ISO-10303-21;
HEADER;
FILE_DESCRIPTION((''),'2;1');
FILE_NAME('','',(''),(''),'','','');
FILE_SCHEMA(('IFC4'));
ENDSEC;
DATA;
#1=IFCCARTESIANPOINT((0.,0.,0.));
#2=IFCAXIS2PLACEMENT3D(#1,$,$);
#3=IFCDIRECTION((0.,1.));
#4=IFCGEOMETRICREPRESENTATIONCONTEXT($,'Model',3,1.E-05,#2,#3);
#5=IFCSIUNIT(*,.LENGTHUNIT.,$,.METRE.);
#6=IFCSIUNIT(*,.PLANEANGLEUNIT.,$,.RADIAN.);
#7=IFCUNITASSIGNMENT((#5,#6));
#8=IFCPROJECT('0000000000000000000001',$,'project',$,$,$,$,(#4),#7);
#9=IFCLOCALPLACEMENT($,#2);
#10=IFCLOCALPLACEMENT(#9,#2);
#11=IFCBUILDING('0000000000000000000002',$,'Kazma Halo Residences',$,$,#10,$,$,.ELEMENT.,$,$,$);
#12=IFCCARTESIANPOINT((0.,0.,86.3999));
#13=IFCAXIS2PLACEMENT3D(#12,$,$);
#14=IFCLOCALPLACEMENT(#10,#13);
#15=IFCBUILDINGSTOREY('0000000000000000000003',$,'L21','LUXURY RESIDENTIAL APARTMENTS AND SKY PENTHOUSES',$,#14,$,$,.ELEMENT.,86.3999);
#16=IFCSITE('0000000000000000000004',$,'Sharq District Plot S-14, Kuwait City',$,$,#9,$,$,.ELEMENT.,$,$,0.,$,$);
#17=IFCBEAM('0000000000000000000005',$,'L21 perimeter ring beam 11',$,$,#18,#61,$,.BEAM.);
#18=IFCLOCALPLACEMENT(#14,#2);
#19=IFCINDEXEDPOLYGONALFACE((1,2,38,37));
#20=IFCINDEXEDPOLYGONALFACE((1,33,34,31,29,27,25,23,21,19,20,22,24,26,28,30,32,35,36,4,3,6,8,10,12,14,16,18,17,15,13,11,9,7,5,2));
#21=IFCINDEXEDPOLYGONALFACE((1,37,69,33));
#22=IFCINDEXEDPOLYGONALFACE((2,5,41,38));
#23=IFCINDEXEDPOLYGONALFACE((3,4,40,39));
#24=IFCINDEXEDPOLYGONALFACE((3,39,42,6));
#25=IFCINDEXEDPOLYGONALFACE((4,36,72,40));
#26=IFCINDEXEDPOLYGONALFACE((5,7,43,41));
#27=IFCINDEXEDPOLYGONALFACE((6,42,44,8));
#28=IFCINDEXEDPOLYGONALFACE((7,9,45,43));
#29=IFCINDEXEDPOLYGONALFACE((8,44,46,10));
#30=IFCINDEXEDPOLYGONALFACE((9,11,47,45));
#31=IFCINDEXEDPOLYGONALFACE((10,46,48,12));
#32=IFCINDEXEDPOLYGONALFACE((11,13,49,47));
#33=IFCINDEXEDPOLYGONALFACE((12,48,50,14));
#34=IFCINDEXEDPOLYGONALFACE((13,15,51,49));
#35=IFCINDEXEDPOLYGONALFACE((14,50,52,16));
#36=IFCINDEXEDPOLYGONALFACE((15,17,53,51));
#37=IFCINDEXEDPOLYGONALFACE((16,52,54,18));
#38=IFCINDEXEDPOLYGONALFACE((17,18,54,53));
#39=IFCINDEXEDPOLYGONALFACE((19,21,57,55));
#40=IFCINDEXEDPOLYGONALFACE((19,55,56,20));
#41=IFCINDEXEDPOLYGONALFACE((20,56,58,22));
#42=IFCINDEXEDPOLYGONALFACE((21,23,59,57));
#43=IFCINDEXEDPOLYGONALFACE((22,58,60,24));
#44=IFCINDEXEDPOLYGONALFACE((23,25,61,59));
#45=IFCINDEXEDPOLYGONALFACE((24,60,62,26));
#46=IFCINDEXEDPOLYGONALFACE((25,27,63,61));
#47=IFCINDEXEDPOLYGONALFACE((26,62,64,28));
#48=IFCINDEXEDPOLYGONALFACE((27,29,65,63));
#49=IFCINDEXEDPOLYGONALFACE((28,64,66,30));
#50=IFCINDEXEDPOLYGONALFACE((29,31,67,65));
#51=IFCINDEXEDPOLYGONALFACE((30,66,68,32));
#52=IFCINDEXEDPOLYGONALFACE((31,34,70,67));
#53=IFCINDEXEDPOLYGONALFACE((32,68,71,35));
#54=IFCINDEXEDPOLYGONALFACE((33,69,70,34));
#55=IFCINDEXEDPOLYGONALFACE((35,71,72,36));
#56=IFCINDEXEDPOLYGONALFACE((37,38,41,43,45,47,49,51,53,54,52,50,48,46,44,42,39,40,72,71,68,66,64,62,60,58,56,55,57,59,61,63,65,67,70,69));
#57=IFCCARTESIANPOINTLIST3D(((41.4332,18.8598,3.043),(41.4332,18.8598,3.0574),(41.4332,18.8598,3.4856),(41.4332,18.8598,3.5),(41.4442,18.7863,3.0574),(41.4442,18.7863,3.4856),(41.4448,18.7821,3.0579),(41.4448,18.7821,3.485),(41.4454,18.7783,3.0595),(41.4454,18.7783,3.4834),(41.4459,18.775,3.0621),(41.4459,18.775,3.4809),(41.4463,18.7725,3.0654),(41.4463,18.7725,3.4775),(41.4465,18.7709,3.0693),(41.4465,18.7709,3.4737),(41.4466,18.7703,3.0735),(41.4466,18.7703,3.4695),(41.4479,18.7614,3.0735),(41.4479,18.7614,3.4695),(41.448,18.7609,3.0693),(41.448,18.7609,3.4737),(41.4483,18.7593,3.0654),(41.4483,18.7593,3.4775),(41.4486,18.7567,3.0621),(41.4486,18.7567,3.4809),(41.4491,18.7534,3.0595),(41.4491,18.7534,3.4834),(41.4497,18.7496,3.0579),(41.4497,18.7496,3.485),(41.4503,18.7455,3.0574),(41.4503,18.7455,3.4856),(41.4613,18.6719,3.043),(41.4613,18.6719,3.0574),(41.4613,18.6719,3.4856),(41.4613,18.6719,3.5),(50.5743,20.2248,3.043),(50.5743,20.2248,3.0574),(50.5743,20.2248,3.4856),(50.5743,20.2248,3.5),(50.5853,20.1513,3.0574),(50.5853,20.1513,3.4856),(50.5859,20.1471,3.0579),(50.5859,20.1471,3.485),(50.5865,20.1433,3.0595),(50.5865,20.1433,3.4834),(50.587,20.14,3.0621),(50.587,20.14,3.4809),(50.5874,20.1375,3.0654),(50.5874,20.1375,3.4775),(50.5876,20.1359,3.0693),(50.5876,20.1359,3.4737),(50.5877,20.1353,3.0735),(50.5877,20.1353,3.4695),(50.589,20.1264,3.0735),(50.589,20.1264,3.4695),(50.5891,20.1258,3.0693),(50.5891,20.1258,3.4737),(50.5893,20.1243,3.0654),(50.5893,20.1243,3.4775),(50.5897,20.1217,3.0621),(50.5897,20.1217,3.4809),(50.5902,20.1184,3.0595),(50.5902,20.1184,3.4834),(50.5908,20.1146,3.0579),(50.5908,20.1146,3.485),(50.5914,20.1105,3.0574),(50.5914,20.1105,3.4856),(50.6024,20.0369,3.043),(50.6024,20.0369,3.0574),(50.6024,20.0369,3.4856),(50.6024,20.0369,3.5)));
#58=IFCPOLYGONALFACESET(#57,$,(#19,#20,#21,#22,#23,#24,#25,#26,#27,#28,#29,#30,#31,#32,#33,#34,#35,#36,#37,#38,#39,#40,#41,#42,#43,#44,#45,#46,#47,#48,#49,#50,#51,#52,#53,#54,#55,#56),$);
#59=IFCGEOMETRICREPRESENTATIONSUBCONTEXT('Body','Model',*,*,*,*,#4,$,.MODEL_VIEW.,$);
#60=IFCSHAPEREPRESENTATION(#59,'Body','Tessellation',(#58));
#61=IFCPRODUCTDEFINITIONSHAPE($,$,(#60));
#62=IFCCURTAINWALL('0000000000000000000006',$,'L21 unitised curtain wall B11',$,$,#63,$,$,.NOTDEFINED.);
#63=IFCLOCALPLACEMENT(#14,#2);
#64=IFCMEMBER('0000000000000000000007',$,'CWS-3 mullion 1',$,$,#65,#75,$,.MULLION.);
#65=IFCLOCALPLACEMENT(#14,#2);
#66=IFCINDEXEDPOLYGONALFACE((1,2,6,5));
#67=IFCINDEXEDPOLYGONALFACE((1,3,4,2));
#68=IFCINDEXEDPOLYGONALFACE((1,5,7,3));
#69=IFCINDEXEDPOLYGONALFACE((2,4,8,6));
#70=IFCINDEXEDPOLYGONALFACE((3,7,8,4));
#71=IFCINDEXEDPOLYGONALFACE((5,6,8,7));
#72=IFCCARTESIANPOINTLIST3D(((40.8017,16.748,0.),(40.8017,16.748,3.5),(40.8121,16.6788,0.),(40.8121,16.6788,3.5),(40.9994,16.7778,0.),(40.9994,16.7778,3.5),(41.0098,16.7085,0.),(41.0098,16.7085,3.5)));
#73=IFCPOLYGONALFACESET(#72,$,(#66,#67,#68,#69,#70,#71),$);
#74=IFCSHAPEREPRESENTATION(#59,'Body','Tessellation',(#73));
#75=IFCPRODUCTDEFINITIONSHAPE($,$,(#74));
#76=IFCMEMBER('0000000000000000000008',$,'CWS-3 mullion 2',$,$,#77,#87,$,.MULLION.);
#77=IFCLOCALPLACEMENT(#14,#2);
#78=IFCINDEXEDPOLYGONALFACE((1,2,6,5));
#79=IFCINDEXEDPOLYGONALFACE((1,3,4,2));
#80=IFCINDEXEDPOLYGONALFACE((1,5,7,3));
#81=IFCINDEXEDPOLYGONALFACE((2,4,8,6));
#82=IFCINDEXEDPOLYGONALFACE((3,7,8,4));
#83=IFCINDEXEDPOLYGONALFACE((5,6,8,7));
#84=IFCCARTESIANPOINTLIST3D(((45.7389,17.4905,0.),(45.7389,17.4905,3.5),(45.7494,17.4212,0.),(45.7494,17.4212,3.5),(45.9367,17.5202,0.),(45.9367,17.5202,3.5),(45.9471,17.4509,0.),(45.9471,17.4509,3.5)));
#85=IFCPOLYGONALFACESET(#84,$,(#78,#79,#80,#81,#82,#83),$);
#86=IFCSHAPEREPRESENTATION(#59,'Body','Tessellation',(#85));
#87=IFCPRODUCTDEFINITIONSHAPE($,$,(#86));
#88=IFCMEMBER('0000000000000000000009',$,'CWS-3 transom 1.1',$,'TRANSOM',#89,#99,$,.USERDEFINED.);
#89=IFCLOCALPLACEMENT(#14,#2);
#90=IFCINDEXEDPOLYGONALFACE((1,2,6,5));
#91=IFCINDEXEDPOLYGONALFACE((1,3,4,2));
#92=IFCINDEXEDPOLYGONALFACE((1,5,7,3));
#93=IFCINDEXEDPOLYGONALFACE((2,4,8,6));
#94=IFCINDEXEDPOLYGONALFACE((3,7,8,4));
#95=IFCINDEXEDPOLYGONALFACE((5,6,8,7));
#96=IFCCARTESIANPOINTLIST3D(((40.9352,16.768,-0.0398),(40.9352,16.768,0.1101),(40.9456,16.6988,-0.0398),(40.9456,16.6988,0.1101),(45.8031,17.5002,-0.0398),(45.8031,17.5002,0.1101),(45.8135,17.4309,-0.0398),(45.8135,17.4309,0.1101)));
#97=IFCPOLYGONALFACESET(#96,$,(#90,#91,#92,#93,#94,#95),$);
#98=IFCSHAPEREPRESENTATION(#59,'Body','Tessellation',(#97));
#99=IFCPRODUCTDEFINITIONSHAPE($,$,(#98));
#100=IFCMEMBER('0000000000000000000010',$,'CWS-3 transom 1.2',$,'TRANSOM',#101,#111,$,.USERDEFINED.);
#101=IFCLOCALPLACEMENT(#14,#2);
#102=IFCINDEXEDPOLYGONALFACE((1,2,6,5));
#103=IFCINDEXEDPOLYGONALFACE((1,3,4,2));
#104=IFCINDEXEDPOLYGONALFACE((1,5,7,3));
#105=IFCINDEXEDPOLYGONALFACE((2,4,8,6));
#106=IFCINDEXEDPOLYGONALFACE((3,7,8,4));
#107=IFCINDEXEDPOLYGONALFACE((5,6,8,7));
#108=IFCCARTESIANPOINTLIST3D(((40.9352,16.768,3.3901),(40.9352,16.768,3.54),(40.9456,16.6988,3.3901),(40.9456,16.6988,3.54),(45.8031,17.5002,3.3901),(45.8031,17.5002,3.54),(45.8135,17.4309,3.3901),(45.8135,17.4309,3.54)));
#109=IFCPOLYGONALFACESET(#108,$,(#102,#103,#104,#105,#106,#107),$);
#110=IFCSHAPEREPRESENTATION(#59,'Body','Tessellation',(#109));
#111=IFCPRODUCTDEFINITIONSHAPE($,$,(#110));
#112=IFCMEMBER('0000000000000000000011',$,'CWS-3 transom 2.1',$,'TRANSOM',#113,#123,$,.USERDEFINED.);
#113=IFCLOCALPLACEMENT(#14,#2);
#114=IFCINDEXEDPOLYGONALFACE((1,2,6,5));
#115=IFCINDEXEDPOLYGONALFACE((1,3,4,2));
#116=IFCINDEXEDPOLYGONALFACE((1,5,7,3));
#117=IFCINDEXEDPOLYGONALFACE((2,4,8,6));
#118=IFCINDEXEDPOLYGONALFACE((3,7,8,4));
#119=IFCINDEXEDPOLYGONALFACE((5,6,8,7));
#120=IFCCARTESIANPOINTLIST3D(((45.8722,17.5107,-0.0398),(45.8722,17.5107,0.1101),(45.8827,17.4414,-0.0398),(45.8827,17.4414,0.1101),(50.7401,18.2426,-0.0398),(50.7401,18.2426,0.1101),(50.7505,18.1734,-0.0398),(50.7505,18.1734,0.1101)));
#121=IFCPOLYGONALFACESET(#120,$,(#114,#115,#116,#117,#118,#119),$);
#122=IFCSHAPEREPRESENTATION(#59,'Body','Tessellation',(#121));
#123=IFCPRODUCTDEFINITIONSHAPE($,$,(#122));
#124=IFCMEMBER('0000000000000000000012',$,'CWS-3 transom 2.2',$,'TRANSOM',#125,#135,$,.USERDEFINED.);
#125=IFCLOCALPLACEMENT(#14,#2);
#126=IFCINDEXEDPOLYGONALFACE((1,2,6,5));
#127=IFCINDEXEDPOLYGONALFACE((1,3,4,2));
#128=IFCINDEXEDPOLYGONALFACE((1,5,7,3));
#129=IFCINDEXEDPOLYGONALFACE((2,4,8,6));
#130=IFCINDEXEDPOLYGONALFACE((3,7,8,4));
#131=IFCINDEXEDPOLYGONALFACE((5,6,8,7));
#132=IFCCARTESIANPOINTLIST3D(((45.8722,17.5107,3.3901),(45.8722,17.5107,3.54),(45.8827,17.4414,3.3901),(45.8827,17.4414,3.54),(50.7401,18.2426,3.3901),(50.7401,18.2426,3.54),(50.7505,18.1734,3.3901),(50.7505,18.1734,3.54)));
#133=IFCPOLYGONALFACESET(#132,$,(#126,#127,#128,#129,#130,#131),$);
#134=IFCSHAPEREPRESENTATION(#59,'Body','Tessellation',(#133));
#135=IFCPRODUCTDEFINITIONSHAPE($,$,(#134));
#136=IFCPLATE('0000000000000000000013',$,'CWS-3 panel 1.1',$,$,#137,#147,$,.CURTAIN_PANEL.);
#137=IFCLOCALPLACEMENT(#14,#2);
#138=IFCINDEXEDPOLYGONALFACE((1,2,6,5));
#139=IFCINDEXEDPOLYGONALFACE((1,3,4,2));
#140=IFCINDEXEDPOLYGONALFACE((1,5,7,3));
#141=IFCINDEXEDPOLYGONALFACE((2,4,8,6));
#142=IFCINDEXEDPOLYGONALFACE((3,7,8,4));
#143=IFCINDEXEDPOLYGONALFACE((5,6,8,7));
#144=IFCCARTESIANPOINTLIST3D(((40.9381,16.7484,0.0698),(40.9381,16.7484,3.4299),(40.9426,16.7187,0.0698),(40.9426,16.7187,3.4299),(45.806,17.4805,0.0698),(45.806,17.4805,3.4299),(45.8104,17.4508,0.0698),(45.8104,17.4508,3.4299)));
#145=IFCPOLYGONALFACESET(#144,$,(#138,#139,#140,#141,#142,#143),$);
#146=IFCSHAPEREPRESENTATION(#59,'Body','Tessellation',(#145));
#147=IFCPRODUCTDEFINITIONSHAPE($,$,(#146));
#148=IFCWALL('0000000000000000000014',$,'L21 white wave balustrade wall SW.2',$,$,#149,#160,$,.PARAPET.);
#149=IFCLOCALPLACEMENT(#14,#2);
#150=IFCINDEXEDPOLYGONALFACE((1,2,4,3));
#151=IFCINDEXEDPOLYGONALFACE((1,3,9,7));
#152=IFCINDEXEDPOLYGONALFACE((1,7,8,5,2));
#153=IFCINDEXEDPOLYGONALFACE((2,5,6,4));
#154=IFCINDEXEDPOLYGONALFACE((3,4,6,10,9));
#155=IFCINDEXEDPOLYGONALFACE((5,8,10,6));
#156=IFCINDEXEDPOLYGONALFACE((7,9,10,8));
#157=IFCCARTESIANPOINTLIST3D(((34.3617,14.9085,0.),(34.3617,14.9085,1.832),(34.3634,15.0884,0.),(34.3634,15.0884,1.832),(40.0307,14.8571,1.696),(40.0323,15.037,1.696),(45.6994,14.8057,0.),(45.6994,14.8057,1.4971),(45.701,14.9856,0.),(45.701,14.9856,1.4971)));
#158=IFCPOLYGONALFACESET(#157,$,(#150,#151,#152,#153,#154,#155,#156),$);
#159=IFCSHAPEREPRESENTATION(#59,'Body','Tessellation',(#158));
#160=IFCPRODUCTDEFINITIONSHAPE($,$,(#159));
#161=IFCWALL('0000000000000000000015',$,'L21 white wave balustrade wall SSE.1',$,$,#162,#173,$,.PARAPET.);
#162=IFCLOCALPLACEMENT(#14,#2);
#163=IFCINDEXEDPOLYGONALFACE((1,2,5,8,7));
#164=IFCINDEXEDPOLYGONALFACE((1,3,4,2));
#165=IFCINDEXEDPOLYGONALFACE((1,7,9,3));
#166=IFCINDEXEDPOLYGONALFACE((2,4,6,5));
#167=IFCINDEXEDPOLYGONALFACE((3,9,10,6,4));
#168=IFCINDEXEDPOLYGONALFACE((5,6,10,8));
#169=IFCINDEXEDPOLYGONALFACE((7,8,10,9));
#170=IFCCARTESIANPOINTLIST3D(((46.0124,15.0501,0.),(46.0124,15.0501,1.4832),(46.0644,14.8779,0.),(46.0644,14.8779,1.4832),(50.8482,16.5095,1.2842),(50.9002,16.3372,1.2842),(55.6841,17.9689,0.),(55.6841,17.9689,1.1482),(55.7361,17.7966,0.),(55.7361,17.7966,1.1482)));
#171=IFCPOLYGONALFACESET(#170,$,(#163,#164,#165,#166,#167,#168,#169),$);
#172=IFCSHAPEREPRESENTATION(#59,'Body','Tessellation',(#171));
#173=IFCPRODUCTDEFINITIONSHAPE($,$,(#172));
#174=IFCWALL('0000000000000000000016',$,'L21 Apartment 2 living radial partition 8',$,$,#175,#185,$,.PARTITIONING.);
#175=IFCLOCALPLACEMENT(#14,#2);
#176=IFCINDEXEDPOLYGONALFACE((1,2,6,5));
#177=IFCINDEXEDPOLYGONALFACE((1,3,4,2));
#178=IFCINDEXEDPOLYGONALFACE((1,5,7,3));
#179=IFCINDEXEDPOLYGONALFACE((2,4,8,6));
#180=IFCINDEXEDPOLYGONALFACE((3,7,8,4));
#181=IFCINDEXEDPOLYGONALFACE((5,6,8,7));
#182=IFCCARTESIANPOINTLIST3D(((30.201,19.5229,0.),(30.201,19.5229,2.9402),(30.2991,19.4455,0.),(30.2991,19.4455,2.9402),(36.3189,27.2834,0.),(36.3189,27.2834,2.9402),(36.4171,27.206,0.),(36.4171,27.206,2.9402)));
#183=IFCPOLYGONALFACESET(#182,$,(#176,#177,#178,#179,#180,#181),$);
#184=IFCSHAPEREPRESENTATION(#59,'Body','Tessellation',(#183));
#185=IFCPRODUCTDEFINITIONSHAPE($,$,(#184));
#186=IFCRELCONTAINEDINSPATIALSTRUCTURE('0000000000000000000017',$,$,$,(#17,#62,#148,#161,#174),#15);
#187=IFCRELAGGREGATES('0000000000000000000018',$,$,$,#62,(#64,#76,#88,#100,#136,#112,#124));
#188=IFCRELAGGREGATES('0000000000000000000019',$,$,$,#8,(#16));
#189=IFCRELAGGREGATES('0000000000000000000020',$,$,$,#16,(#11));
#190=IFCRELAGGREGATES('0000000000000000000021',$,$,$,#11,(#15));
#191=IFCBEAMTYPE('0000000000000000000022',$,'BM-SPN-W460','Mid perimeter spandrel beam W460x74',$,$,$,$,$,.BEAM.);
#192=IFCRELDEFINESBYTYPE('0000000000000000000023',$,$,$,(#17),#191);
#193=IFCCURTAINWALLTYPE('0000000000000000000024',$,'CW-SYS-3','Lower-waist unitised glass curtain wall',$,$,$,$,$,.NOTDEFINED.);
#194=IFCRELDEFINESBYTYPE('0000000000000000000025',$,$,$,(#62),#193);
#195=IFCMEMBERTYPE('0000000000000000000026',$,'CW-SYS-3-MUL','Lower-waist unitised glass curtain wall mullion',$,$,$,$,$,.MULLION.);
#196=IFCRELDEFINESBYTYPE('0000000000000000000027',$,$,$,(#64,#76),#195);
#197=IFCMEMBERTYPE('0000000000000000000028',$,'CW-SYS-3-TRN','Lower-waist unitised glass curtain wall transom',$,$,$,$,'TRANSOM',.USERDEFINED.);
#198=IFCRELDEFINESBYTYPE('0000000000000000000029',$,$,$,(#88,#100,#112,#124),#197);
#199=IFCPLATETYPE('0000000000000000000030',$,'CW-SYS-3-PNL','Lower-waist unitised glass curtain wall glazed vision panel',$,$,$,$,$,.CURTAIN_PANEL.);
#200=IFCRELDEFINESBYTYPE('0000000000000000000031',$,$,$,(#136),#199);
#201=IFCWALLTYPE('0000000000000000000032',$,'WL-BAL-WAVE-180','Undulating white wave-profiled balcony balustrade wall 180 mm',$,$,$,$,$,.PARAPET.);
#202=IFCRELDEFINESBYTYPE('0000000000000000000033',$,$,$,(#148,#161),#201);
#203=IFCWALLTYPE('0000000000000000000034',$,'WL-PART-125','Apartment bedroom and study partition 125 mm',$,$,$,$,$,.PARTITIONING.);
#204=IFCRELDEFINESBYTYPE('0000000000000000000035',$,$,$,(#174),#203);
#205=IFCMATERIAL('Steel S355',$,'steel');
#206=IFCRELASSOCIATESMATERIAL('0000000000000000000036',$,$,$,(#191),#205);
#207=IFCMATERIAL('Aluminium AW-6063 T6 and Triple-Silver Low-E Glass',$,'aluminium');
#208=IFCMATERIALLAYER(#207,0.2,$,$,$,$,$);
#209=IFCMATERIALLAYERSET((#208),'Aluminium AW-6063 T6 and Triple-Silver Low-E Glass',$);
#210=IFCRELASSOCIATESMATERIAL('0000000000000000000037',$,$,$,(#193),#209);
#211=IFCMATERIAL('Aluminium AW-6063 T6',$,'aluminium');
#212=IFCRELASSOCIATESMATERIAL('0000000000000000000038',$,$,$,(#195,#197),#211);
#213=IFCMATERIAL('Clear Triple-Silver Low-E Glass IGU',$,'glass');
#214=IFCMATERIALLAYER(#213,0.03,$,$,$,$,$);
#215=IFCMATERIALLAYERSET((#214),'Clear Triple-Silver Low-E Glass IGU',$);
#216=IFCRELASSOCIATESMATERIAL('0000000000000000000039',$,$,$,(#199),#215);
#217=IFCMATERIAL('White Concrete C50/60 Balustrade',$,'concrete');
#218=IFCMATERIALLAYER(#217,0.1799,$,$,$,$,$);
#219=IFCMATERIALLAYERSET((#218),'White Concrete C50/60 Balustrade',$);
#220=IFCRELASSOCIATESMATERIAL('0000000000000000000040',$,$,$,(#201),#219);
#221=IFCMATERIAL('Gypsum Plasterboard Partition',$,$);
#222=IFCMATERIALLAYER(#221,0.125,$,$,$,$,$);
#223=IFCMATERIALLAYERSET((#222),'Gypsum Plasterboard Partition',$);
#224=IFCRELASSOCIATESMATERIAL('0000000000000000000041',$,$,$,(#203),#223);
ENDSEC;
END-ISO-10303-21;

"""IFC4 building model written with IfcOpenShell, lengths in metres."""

from ifc_helpers import new_model, si_unit, direction, frame, frame_2d, origin, origin_2d, place, context, subcontext, project, spatial, polyline, rectangle, i_section, outline, extrude, material, layer, layer_set, material_profile, profile_set, type_object, element, aggregate, save


model = new_model("IFC4")

# Units and contexts
model_context = context("Model", 3, precision=1e-05, world=origin(), true_north=direction((0.0, 1.0)))
body_context = subcontext(model_context, "Body", "Model", "MODEL_VIEW")
ifc_project = project(units=[si_unit("LENGTHUNIT", "METRE"), si_unit("PLANEANGLEUNIT", "RADIAN")], contexts=[model_context])

# Site, building, storey
site_placement = place(None, origin())
site = spatial("IfcSite", under=ifc_project, at=site_placement, Name="Sharq District Plot S-14, Kuwait City", CompositionType="ELEMENT", RefElevation=0.0)
building_placement = place(site_placement, origin())
building = spatial("IfcBuilding", under=site, at=building_placement, Name="Kazma Halo Residences", CompositionType="ELEMENT")
storey_placement = place(building_placement, frame((0.0, 0.0, 86.3999)))
storey = spatial("IfcBuildingStorey", under=building, at=storey_placement, Name="L21", Description="LUXURY RESIDENTIAL APARTMENTS AND SKY PENTHOUSES", CompositionType="ELEMENT", Elevation=86.3999)

# Beam
ifc_material_1 = material(Name="Steel S355", Category="steel")
ifc_material_profile_1 = material_profile(ifc_material_1, i_section(OverallWidth=0.1899, OverallDepth=0.457, WebThickness=0.009, FlangeThickness=0.0144, FilletRadius=0.0161, at=origin_2d()), Name="W460x74")
ifc_profile_set_1 = profile_set([ifc_material_profile_1], Name="Steel S355")
beam_type_1 = type_object("IfcBeamType", Name="BM-SPN-W460", Description="Mid perimeter spandrel beam W460x74", PredefinedType="BEAM", material=ifc_profile_set_1)
beam_1_placement = place(storey_placement, frame((41.4473, 18.7659, 3.2715), z_axis=(0.989034, 0.147687, 0.0), x_axis=(-0.147687, 0.989034, 0.0)))
element("IfcBeam", 1, at=beam_1_placement, inside=storey, type_object=beam_type_1, Name="L21 perimeter ring beam 11", PredefinedType="BEAM", context=body_context, shape_type="SweptSolid", body=[
    extrude(i_section(OverallWidth=0.1899, OverallDepth=0.457, WebThickness=0.009, FlangeThickness=0.0144, FilletRadius=0.0161, at=origin_2d()), origin(), (0.0, 0.0, 1.0), 9.2424),
])

# Curtain wall, members, plate
ifc_material_2 = material(Name="Aluminium AW-6063 T6 and Triple-Silver Low-E Glass", Category="aluminium")
ifc_layer_1 = layer(ifc_material_2, 0.2)
ifc_layer_set_1 = layer_set([ifc_layer_1], Name="Aluminium AW-6063 T6 and Triple-Silver Low-E Glass")
curtain_wall_type = type_object("IfcCurtainWallType", Name="CW-SYS-3", Description="Lower-waist unitised glass curtain wall", PredefinedType="NOTDEFINED", material=ifc_layer_set_1)
curtain_wall_placement = place(storey_placement, origin())
curtain_wall = element("IfcCurtainWall", 2, at=curtain_wall_placement, inside=storey, type_object=curtain_wall_type, Name="L21 unitised curtain wall B11", PredefinedType="NOTDEFINED")
ifc_material_3 = material(Name="Aluminium AW-6063 T6", Category="aluminium")
ifc_material_profile_2 = material_profile(ifc_material_3, rectangle(XDim=0.0701, YDim=0.2, at=origin_2d()), Name="CWM-70x200")
ifc_profile_set_2 = profile_set([ifc_material_profile_2], Name="Aluminium AW-6063 T6")
member_type_1 = type_object("IfcMemberType", Name="CW-SYS-3-MUL", Description="Lower-waist unitised glass curtain wall mullion", PredefinedType="MULLION", material=ifc_profile_set_2)
member_1_placement = place(storey_placement, frame((40.9058, 16.7283, 0.0), z_axis=(0.0, 0.0, 1.0), x_axis=(-0.148717, 0.98888, 0.0)))
member_1 = element("IfcMember", 3, at=member_1_placement, type_object=member_type_1, Name="CWS-3 mullion 1", PredefinedType="MULLION", context=body_context, shape_type="SweptSolid", body=[
    extrude(rectangle(XDim=0.0701, YDim=0.2, at=origin_2d()), origin(), (0.0, 0.0, 1.0), 3.5),
])
member_2_placement = place(storey_placement, frame((45.843, 17.4707, 0.0), z_axis=(0.0, 0.0, 1.0), x_axis=(-0.148717, 0.98888, 0.0)))
member_2 = element("IfcMember", 4, at=member_2_placement, type_object=member_type_1, Name="CWS-3 mullion 2", PredefinedType="MULLION", context=body_context, shape_type="SweptSolid", body=[
    extrude(rectangle(XDim=0.0701, YDim=0.2, at=origin_2d()), origin(), (0.0, 0.0, 1.0), 3.5),
])
ifc_material_profile_3 = material_profile(ifc_material_3, rectangle(XDim=0.0701, YDim=0.1499, at=origin_2d()), Name="CWT-70x150")
ifc_profile_set_3 = profile_set([ifc_material_profile_3], Name="Aluminium AW-6063 T6")
member_type_2 = type_object("IfcMemberType", Name="CW-SYS-3-TRN", Description="Lower-waist unitised glass curtain wall transom", ElementType="TRANSOM", PredefinedType="USERDEFINED", material=ifc_profile_set_3)
member_3_placement = place(storey_placement, frame((40.9404, 16.7334, 0.0352), z_axis=(0.988877, 0.148736, 0.0), x_axis=(-0.148736, 0.988877, 0.0)))
member_3 = element("IfcMember", 5, at=member_3_placement, type_object=member_type_2, Name="CWS-3 transom 1.1", ObjectType="TRANSOM", PredefinedType="USERDEFINED", context=body_context, shape_type="SweptSolid", body=[
    extrude(rectangle(XDim=0.0701, YDim=0.1499, at=origin_2d()), origin(), (0.0, 0.0, 1.0), 4.9226),
])
member_4_placement = place(storey_placement, frame((40.9404, 16.7334, 3.4651), z_axis=(0.988877, 0.148736, 0.0), x_axis=(-0.148736, 0.988877, 0.0)))
member_4 = element("IfcMember", 6, at=member_4_placement, type_object=member_type_2, Name="CWS-3 transom 1.2", ObjectType="TRANSOM", PredefinedType="USERDEFINED", context=body_context, shape_type="SweptSolid", body=[
    extrude(rectangle(XDim=0.0701, YDim=0.1499, at=origin_2d()), origin(), (0.0, 0.0, 1.0), 4.9226),
])
member_5_placement = place(storey_placement, frame((45.8774, 17.4761, 0.0352), z_axis=(0.988884, 0.148687, 0.0), x_axis=(-0.148687, 0.988884, 0.0)))
member_5 = element("IfcMember", 7, at=member_5_placement, type_object=member_type_2, Name="CWS-3 transom 2.1", ObjectType="TRANSOM", PredefinedType="USERDEFINED", context=body_context, shape_type="SweptSolid", body=[
    extrude(rectangle(XDim=0.0701, YDim=0.1499, at=origin_2d()), origin(), (0.0, 0.0, 1.0), 4.9226),
])
member_6_placement = place(storey_placement, frame((45.8774, 17.4761, 3.4651), z_axis=(0.988884, 0.148687, 0.0), x_axis=(-0.148687, 0.988884, 0.0)))
member_6 = element("IfcMember", 8, at=member_6_placement, type_object=member_type_2, Name="CWS-3 transom 2.2", ObjectType="TRANSOM", PredefinedType="USERDEFINED", context=body_context, shape_type="SweptSolid", body=[
    extrude(rectangle(XDim=0.0701, YDim=0.1499, at=origin_2d()), origin(), (0.0, 0.0, 1.0), 4.9226),
])
ifc_material_4 = material(Name="Clear Triple-Silver Low-E Glass IGU", Category="glass")
ifc_layer_2 = layer(ifc_material_4, 0.03)
ifc_layer_set_2 = layer_set([ifc_layer_2], Name="Clear Triple-Silver Low-E Glass IGU")
plate_type = type_object("IfcPlateType", Name="CW-SYS-3-PNL", Description="Lower-waist unitised glass curtain wall glazed vision panel", PredefinedType="CURTAIN_PANEL", material=ifc_layer_set_2)
plate_placement = place(storey_placement, frame((43.3743, 17.0996, 0.0698), z_axis=(0.0, 0.0, 1.0), x_axis=(0.98888, 0.148717, 0.0)))
plate = element("IfcPlate", 9, at=plate_placement, type_object=plate_type, Name="CWS-3 panel 1.1", PredefinedType="CURTAIN_PANEL", context=body_context, shape_type="SweptSolid", body=[
    extrude(rectangle(XDim=4.9226, YDim=0.03, at=origin_2d()), origin(), (0.0, 0.0, 1.0), 3.3601),
])
aggregate(curtain_wall, [member_1, member_2, member_3, member_4, plate, member_5, member_6])

# Walls
ifc_material_5 = material(Name="White Concrete C50/60 Balustrade", Category="concrete")
ifc_layer_3 = layer(ifc_material_5, 0.1799)
ifc_layer_set_3 = layer_set([ifc_layer_3], Name="White Concrete C50/60 Balustrade")
wall_type_1 = type_object("IfcWallType", Name="WL-BAL-WAVE-180", Description="Undulating white wave-profiled balcony balustrade wall 180 mm", PredefinedType="PARAPET", material=ifc_layer_set_3)
wall_1_placement = place(storey_placement, frame((34.3625, 14.9985, 0.0), z_axis=(0.0, 0.0, 1.0), x_axis=(0.999959, -0.009065, 0.0)))
element("IfcWall", 10, at=wall_1_placement, inside=storey, type_object=wall_type_1, Name="L21 white wave balustrade wall SW.2", PredefinedType="PARAPET", context=body_context, shape_type="SweptSolid", body=[
    extrude(outline(polyline([(0.0, 0.0), (11.3381, 0.0), (11.3381, 1.4971), (5.6692, 1.696), (0.0, 1.832), (0.0, 0.0)])), frame((0.0, 0.0898, 0.0), z_axis=(0.0, -1.0, 0.0), x_axis=(1.0, 0.0, 0.0)), (0.0, 0.0, 1.0), 0.1799),
])
wall_2_placement = place(storey_placement, frame((46.0383, 14.9641, 0.0), z_axis=(0.0, 0.0, 1.0), x_axis=(0.957356, 0.288911, 0.0)))
element("IfcWall", 11, at=wall_2_placement, inside=storey, type_object=wall_type_1, Name="L21 white wave balustrade wall SSE.1", PredefinedType="PARAPET", context=body_context, shape_type="SweptSolid", body=[
    extrude(outline(polyline([(0.0, 0.0), (10.1025, 0.0), (10.1025, 1.1482), (5.0513, 1.2842), (0.0, 1.4832), (0.0, 0.0)])), frame((0.0, 0.0898, 0.0), z_axis=(0.0, -1.0, 0.0), x_axis=(1.0, 0.0, 0.0)), (0.0, 0.0, 1.0), 0.1799),
])
ifc_material_6 = material(Name="Gypsum Plasterboard Partition")
ifc_layer_4 = layer(ifc_material_6, 0.125)
ifc_layer_set_4 = layer_set([ifc_layer_4], Name="Gypsum Plasterboard Partition")
wall_type_2 = type_object("IfcWallType", Name="WL-PART-125", Description="Apartment bedroom and study partition 125 mm", PredefinedType="PARTITIONING", material=ifc_layer_set_4)
wall_3_placement = place(storey_placement, frame((36.3679, 27.2446, 0.0), z_axis=(0.0, 0.0, 1.0), x_axis=(-0.619096, -0.785315, 0.0)))
element("IfcWall", 12, at=wall_3_placement, inside=storey, type_object=wall_type_2, Name="L21 Apartment 2 living radial partition 8", PredefinedType="PARTITIONING", context=body_context, shape_type="SweptSolid", body=[
    extrude(rectangle(XDim=9.8821, YDim=0.125, at=frame_2d((4.9409, 0.0))), origin(), (0.0, 0.0, 1.0), 2.9402),
])

save(model, "model.ifc")
